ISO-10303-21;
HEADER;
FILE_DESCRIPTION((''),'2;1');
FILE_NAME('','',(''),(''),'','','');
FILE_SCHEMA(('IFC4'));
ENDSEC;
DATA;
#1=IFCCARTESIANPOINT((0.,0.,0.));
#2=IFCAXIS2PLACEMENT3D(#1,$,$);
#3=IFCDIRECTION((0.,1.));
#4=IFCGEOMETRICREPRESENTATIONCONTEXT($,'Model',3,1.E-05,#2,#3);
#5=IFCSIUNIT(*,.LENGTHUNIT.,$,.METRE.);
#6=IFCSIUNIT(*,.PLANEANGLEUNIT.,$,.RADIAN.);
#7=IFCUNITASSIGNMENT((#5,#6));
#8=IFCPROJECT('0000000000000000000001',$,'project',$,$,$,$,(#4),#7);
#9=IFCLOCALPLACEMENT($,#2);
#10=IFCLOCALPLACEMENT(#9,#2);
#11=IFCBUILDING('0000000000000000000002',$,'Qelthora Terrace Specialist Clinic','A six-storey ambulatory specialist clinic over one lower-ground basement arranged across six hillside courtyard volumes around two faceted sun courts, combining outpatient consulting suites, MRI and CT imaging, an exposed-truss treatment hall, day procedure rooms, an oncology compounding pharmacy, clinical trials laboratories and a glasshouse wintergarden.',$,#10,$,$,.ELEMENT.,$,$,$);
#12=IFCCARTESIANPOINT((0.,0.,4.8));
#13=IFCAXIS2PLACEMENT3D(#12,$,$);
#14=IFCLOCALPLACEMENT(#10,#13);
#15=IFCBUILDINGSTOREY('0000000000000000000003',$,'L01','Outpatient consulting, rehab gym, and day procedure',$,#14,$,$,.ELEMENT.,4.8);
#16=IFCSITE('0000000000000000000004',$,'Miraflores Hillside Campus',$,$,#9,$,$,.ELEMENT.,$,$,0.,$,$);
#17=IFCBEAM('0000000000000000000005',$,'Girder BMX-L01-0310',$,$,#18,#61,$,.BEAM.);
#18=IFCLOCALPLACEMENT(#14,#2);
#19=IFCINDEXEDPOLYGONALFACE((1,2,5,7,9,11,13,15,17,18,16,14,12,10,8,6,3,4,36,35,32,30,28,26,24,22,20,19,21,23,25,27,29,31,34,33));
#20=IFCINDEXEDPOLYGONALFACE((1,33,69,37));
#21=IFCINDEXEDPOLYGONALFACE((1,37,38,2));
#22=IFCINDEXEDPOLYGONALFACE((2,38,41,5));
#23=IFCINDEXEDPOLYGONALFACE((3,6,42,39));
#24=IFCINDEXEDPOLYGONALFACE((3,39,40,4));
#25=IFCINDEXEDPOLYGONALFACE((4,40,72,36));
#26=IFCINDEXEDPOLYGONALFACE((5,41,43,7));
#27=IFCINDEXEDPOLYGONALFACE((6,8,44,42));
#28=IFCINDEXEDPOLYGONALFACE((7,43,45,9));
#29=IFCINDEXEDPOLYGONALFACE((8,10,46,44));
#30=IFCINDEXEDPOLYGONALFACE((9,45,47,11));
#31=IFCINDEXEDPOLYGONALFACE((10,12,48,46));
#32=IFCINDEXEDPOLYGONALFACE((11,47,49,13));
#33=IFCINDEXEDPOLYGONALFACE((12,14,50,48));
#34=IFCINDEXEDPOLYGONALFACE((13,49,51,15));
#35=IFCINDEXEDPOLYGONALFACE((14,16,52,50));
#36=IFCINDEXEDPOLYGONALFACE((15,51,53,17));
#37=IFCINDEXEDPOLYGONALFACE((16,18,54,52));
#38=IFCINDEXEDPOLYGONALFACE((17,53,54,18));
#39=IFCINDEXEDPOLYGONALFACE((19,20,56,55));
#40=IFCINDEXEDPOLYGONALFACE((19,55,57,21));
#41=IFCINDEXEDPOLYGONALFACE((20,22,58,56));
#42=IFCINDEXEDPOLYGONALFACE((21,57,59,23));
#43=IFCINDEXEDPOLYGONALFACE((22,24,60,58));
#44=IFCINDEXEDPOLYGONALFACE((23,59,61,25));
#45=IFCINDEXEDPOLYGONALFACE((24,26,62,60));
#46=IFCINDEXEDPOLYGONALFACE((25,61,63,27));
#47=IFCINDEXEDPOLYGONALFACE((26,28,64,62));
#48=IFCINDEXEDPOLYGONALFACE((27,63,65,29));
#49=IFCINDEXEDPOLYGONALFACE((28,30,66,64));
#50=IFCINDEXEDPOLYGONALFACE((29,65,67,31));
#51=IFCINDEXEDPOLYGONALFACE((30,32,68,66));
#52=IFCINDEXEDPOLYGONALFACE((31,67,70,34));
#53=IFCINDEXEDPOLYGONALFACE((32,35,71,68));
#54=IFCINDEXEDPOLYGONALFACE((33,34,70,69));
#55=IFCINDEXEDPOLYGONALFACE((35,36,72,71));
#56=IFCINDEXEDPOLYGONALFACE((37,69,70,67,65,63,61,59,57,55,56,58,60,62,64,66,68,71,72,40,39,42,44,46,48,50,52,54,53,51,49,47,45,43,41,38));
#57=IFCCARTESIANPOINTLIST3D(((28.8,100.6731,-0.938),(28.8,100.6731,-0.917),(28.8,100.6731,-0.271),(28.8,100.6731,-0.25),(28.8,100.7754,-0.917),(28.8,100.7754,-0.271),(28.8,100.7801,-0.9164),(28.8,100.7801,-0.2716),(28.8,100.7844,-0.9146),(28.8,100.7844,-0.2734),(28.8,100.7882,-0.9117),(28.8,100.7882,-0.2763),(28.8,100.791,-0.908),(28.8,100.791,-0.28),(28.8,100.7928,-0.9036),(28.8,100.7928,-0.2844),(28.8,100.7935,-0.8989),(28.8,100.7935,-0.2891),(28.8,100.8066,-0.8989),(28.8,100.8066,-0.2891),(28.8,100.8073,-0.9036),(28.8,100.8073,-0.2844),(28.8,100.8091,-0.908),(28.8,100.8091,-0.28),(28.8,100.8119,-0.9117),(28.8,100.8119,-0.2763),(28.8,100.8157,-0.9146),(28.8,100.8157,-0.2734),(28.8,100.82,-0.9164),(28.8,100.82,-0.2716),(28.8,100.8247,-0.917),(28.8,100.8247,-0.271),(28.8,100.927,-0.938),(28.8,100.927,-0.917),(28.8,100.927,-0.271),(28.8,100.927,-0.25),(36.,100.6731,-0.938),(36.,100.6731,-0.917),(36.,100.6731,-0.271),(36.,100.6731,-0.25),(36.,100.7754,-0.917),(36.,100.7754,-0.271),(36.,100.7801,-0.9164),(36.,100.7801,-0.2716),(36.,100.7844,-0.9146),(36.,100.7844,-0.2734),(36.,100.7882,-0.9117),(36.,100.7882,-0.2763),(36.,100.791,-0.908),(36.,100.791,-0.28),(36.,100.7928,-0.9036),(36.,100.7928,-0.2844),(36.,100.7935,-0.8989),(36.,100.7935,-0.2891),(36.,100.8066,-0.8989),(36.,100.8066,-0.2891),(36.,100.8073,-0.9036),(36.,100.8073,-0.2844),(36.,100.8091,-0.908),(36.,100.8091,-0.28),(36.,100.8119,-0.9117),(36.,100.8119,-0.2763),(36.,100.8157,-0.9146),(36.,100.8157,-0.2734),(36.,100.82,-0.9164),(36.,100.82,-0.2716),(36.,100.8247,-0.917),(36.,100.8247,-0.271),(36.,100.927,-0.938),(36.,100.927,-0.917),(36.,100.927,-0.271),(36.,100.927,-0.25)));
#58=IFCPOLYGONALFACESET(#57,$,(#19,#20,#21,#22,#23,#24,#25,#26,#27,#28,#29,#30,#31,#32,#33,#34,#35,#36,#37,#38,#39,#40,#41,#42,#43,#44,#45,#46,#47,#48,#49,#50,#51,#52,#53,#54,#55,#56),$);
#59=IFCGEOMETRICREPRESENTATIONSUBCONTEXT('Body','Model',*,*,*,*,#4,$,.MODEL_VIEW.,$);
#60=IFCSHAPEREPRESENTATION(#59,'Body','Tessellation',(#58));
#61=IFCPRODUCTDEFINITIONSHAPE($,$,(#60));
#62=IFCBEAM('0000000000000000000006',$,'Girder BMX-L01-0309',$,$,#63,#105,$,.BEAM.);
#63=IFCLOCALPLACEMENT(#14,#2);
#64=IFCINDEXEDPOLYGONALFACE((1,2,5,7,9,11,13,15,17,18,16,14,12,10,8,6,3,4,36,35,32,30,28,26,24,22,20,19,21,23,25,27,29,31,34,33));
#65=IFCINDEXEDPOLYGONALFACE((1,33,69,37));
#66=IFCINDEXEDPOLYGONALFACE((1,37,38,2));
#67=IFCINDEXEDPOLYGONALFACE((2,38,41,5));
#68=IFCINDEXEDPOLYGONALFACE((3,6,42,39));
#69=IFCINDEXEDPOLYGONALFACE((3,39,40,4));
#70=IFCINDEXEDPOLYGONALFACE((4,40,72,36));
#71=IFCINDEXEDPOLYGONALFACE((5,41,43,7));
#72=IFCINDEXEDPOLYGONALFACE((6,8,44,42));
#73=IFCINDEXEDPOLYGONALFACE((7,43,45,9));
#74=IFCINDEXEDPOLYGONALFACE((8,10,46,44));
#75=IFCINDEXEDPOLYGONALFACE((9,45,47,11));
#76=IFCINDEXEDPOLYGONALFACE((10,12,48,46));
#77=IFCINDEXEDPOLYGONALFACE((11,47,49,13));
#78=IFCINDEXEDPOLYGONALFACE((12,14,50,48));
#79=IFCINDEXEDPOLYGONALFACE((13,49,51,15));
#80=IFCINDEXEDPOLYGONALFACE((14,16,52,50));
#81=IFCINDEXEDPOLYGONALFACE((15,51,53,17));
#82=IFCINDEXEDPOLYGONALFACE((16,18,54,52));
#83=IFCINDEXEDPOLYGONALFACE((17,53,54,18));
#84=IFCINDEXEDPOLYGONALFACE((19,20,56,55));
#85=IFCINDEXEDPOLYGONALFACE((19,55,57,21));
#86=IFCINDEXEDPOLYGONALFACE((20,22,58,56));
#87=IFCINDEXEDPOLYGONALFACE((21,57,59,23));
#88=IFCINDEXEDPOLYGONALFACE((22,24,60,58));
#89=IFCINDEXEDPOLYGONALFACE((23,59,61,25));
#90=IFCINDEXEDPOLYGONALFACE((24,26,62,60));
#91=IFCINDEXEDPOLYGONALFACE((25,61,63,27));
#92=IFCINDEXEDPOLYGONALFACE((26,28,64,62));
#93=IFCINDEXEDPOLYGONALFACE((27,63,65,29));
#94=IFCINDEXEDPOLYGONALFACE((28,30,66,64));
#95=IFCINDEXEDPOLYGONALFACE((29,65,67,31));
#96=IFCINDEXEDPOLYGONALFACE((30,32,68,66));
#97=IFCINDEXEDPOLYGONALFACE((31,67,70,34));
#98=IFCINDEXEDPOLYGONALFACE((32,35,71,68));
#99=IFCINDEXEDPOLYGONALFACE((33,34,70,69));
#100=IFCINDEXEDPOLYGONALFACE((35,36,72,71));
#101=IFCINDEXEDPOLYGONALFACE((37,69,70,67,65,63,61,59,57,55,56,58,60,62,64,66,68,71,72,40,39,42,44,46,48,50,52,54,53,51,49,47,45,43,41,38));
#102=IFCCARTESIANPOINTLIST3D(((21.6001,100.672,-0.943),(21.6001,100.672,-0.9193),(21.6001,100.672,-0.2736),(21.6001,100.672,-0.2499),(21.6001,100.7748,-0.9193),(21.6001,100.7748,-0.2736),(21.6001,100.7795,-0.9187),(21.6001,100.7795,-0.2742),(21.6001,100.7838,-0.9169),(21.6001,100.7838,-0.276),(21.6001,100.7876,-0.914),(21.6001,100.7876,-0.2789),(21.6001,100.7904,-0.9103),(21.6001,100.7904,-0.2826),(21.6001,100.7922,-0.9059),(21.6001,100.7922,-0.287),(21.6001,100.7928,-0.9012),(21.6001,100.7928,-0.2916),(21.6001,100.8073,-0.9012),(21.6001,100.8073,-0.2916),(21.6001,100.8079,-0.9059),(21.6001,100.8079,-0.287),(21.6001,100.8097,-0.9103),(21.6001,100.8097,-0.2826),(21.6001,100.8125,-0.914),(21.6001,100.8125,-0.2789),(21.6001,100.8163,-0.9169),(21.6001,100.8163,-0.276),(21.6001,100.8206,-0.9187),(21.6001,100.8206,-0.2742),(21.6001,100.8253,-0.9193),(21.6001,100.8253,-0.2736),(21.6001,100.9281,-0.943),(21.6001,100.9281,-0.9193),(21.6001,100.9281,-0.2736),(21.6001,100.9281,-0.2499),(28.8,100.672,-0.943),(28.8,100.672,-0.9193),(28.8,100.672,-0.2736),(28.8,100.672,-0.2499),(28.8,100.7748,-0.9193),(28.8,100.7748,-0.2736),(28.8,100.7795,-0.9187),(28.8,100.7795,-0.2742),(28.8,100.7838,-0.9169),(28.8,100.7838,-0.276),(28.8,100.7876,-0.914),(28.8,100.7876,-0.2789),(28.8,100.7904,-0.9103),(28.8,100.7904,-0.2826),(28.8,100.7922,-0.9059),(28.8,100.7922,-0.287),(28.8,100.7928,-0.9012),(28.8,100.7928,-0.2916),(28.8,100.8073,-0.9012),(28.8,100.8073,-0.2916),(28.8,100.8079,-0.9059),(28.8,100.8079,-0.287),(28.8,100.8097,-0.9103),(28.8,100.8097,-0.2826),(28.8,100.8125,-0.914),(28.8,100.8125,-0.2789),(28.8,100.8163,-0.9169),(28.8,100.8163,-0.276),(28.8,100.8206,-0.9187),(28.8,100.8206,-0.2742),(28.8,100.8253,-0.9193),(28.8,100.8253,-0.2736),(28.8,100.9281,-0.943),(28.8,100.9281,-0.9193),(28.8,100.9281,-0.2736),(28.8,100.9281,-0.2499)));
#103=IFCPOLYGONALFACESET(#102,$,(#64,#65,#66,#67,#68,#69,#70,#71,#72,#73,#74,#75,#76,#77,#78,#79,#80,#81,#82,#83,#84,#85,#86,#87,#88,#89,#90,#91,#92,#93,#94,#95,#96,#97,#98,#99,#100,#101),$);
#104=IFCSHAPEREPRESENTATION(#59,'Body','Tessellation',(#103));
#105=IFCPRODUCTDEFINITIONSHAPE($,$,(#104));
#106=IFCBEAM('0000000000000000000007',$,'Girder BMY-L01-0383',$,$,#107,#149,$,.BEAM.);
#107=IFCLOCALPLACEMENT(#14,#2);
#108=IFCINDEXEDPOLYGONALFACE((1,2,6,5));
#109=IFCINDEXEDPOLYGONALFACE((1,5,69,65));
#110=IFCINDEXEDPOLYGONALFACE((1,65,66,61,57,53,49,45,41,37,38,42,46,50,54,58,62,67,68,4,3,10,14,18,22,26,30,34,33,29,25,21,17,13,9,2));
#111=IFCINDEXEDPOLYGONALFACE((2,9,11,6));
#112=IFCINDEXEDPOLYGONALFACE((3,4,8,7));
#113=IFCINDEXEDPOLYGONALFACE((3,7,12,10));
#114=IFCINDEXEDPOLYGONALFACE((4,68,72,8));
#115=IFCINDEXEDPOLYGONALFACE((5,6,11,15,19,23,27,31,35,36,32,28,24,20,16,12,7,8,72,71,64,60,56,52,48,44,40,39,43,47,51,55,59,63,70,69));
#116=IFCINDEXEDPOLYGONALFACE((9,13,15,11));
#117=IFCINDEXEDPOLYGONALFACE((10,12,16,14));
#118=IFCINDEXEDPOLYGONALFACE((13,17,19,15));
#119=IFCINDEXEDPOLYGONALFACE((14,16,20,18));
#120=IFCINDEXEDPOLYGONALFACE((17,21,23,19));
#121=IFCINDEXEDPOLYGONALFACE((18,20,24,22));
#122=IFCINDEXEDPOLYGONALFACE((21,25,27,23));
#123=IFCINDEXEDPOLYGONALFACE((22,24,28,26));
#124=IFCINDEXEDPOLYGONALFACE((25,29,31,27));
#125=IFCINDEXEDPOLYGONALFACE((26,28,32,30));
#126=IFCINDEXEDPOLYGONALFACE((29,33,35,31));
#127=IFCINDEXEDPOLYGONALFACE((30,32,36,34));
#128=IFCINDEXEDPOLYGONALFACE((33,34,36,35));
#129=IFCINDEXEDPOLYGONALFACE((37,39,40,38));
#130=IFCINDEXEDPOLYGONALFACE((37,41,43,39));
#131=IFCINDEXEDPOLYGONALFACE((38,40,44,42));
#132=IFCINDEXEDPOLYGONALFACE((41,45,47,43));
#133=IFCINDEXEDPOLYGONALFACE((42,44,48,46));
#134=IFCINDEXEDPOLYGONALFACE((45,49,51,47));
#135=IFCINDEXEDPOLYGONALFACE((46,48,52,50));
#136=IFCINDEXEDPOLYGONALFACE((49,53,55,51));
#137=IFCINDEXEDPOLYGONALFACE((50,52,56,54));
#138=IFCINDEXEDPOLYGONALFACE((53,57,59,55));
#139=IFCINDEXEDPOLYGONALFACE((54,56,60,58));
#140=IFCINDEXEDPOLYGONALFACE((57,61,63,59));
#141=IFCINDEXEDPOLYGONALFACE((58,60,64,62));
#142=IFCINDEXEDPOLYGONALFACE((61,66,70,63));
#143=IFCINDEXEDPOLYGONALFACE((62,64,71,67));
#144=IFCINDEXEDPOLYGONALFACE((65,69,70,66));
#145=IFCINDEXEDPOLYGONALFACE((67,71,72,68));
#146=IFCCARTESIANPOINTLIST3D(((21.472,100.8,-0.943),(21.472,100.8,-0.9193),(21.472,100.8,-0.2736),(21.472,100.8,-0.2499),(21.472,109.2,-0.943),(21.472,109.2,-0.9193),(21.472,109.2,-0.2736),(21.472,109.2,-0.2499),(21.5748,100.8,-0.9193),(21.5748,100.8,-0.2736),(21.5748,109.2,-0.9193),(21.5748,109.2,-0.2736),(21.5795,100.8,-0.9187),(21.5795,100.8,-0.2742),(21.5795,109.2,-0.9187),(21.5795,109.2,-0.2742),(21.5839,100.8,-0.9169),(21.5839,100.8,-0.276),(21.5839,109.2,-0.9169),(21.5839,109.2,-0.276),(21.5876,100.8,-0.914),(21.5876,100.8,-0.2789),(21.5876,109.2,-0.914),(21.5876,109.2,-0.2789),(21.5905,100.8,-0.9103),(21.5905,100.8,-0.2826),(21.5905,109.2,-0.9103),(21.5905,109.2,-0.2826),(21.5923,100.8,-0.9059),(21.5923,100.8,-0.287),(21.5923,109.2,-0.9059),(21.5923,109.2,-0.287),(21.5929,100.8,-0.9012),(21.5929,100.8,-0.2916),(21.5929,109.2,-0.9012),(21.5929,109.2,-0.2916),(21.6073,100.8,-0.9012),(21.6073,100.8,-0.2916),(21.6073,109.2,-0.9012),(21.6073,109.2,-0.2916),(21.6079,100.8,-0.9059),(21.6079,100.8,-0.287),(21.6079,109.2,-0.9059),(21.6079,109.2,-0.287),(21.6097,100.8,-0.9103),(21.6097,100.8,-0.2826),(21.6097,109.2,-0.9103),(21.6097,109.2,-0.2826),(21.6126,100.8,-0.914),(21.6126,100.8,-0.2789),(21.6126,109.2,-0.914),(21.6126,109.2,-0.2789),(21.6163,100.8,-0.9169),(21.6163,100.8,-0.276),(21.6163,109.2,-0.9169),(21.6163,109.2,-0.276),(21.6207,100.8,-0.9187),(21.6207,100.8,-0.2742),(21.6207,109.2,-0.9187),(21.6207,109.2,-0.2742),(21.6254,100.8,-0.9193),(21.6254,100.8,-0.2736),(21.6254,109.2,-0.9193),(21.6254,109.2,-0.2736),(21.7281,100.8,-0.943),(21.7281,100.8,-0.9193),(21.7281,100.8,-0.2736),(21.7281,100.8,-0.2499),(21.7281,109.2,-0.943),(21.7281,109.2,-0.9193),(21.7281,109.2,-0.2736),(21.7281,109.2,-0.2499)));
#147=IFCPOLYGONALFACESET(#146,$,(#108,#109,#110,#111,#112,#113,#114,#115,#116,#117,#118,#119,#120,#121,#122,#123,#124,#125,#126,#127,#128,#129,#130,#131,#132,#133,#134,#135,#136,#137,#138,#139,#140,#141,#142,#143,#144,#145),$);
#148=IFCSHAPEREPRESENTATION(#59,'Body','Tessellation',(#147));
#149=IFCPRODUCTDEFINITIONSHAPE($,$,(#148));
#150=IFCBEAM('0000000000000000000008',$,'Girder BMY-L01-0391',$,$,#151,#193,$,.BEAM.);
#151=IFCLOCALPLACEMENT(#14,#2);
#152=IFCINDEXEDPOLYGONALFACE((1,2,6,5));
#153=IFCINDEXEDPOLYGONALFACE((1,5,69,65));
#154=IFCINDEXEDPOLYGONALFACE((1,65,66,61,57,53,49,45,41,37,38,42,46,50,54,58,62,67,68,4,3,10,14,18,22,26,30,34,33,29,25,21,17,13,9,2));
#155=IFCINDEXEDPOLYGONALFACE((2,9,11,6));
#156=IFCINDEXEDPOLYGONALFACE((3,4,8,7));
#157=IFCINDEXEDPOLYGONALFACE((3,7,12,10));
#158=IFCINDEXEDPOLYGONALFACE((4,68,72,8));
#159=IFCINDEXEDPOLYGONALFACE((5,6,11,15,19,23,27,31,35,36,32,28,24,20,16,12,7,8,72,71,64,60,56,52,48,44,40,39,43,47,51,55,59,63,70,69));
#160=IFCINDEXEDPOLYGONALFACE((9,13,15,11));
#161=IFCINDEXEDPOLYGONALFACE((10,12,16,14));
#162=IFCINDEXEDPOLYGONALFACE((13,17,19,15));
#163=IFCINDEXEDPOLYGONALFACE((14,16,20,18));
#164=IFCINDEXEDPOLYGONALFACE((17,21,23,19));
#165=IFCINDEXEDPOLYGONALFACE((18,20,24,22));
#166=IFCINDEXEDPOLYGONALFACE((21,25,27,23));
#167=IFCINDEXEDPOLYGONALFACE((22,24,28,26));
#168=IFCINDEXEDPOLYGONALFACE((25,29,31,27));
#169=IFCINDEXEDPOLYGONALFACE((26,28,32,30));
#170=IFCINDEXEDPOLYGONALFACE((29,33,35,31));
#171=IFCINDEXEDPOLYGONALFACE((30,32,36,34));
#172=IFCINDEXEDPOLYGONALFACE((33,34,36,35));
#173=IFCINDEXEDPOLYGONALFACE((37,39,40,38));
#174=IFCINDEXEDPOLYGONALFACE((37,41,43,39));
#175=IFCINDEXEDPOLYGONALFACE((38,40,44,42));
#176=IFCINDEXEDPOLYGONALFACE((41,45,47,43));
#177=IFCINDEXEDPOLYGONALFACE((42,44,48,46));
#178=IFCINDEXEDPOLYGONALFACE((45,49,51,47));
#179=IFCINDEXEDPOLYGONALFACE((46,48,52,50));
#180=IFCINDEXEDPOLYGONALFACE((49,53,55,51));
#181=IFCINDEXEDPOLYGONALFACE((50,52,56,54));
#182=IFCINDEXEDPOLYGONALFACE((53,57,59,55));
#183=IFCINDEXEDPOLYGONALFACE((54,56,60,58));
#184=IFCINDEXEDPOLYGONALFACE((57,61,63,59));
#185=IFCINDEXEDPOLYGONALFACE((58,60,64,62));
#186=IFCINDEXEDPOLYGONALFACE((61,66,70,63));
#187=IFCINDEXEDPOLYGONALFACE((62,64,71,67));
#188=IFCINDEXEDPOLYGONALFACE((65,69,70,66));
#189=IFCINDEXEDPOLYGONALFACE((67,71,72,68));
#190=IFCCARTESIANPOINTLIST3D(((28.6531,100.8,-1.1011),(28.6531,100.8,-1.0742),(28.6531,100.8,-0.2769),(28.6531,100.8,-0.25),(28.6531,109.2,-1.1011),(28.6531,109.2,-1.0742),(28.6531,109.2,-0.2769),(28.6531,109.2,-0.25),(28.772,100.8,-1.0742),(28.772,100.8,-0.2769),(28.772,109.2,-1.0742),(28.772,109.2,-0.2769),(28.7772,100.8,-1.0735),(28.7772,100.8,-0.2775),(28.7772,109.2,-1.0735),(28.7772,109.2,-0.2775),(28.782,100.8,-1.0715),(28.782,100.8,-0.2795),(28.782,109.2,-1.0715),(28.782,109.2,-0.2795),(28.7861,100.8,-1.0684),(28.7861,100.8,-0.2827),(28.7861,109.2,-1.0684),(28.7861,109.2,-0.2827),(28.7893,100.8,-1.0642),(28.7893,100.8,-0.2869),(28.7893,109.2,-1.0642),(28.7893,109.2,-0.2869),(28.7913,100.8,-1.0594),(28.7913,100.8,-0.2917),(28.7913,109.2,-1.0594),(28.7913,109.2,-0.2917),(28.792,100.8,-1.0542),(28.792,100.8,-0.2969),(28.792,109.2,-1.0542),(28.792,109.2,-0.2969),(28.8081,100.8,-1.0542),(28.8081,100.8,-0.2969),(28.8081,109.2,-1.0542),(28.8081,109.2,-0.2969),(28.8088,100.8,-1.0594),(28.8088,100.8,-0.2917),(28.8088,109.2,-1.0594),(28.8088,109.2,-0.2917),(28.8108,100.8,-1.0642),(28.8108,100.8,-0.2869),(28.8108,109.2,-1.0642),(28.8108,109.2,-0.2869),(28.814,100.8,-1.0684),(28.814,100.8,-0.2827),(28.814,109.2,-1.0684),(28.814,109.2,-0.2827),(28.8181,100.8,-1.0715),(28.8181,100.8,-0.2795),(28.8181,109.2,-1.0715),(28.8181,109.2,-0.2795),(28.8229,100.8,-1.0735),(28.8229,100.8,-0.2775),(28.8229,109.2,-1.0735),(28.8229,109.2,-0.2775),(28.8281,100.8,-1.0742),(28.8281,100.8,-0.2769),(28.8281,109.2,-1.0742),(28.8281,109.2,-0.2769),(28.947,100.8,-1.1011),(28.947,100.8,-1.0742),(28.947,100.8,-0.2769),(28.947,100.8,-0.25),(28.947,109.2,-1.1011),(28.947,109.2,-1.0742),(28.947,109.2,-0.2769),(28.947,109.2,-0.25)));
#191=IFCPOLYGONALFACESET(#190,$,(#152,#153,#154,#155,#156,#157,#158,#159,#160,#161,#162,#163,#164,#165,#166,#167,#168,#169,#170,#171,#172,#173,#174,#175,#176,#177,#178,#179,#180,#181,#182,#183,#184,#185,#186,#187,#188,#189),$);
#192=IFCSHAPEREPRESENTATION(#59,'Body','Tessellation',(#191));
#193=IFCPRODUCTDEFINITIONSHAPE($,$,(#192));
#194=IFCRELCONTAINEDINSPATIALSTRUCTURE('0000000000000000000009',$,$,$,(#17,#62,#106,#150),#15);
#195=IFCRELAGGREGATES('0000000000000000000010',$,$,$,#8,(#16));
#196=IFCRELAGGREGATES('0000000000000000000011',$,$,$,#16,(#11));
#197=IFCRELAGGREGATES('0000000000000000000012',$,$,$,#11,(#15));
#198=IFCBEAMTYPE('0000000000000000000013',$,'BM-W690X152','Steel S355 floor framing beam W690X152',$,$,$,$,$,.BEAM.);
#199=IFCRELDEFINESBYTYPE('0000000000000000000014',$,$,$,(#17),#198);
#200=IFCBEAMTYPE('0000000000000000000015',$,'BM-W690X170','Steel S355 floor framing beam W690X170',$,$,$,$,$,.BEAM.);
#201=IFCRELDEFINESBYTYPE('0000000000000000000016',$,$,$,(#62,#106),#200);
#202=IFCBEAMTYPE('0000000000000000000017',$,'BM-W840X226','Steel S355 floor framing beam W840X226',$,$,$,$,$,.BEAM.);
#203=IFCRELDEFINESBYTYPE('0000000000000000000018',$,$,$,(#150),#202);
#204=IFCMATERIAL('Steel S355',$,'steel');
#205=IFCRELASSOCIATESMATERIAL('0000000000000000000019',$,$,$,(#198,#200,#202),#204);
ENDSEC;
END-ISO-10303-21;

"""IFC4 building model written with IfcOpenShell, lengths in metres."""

from ifc_helpers import new_model, si_unit, direction, frame, origin, origin_2d, place, context, subcontext, project, spatial, i_section, extrude, material, material_profile, profile_set, type_object, element, save


model = new_model("IFC4")

# Units and contexts
model_context = context("Model", 3, precision=1e-05, world=origin(), true_north=direction((0.0, 1.0)))
body_context = subcontext(model_context, "Body", "Model", "MODEL_VIEW")
ifc_project = project(units=[si_unit("LENGTHUNIT", "METRE"), si_unit("PLANEANGLEUNIT", "RADIAN")], contexts=[model_context])

# Site, building, storey
site_placement = place(None, origin())
site = spatial("IfcSite", under=ifc_project, at=site_placement, Name="Miraflores Hillside Campus", CompositionType="ELEMENT", RefElevation=0.0)
building_placement = place(site_placement, origin())
building = spatial("IfcBuilding", under=site, at=building_placement, Name="Qelthora Terrace Specialist Clinic", Description="A six-storey ambulatory specialist clinic over one lower-ground basement arranged across six hillside courtyard volumes around two faceted sun courts, combining outpatient consulting suites, MRI and CT imaging, an exposed-truss treatment hall, day procedure rooms, an oncology compounding pharmacy, clinical trials laboratories and a glasshouse wintergarden.", CompositionType="ELEMENT")
storey_placement = place(building_placement, frame((0.0, 0.0, 4.8)))
storey = spatial("IfcBuildingStorey", under=building, at=storey_placement, Name="L01", Description="Outpatient consulting, rehab gym, and day procedure", CompositionType="ELEMENT", Elevation=4.8)

# Shared definitions
ifc_material_1 = material(Name="Steel S355", Category="steel")

# Beams
ifc_material_profile_1 = material_profile(ifc_material_1, i_section(OverallWidth=0.2539, OverallDepth=0.688, WebThickness=0.0132, FlangeThickness=0.021, FilletRadius=0.0181, at=origin_2d()), Name="W690X152")
ifc_profile_set_1 = profile_set([ifc_material_profile_1], Name="Steel S355")
beam_type_1 = type_object("IfcBeamType", Name="BM-W690X152", Description="Steel S355 floor framing beam W690X152", PredefinedType="BEAM", material=ifc_profile_set_1)
beam_1_placement = place(storey_placement, frame((28.8, 100.8, -0.594), z_axis=(1.0, 0.0, 0.0), x_axis=(0.0, 1.0, 0.0)))
element("IfcBeam", 1, at=beam_1_placement, inside=storey, type_object=beam_type_1, Name="Girder BMX-L01-0310", PredefinedType="BEAM", context=body_context, shape_type="SweptSolid", body=[
    extrude(i_section(OverallWidth=0.2539, OverallDepth=0.688, WebThickness=0.0132, FlangeThickness=0.021, FilletRadius=0.0181, at=origin_2d()), origin(), (0.0, 0.0, 1.0), 7.2),
])
ifc_material_profile_2 = material_profile(ifc_material_1, i_section(OverallWidth=0.2561, OverallDepth=0.6931, WebThickness=0.0144, FlangeThickness=0.0237, FilletRadius=0.0181, at=origin_2d()), Name="W690X170")
ifc_profile_set_2 = profile_set([ifc_material_profile_2], Name="Steel S355")
beam_type_2 = type_object("IfcBeamType", Name="BM-W690X170", Description="Steel S355 floor framing beam W690X170", PredefinedType="BEAM", material=ifc_profile_set_2)
beam_2_placement = place(storey_placement, frame((21.6001, 100.8, -0.5964), z_axis=(1.0, 0.0, 0.0), x_axis=(0.0, 1.0, 0.0)))
element("IfcBeam", 2, at=beam_2_placement, inside=storey, type_object=beam_type_2, Name="Girder BMX-L01-0309", PredefinedType="BEAM", context=body_context, shape_type="SweptSolid", body=[
    extrude(i_section(OverallWidth=0.2561, OverallDepth=0.6931, WebThickness=0.0144, FlangeThickness=0.0237, FilletRadius=0.0181, at=origin_2d()), origin(), (0.0, 0.0, 1.0), 7.2),
])
beam_3_placement = place(storey_placement, frame((21.6001, 100.8, -0.5964), z_axis=(0.0, 1.0, 0.0), x_axis=(-1.0, 0.0, 0.0)))
element("IfcBeam", 3, at=beam_3_placement, inside=storey, type_object=beam_type_2, Name="Girder BMY-L01-0383", PredefinedType="BEAM", context=body_context, shape_type="SweptSolid", body=[
    extrude(i_section(OverallWidth=0.2561, OverallDepth=0.6931, WebThickness=0.0144, FlangeThickness=0.0237, FilletRadius=0.0181, at=origin_2d()), origin(), (0.0, 0.0, 1.0), 8.3999),
])
ifc_material_profile_3 = material_profile(ifc_material_1, i_section(OverallWidth=0.2939, OverallDepth=0.8511, WebThickness=0.0161, FlangeThickness=0.0269, FilletRadius=0.02, at=origin_2d()), Name="W840X226")
ifc_profile_set_3 = profile_set([ifc_material_profile_3], Name="Steel S355")
beam_type_3 = type_object("IfcBeamType", Name="BM-W840X226", Description="Steel S355 floor framing beam W840X226", PredefinedType="BEAM", material=ifc_profile_set_3)
beam_4_placement = place(storey_placement, frame((28.8, 100.8, -0.6755), z_axis=(0.0, 1.0, 0.0), x_axis=(-1.0, 0.0, 0.0)))
element("IfcBeam", 4, at=beam_4_placement, inside=storey, type_object=beam_type_3, Name="Girder BMY-L01-0391", PredefinedType="BEAM", context=body_context, shape_type="SweptSolid", body=[
    extrude(i_section(OverallWidth=0.2939, OverallDepth=0.8511, WebThickness=0.0161, FlangeThickness=0.0269, FilletRadius=0.02, at=origin_2d()), origin(), (0.0, 0.0, 1.0), 8.3999),
])

save(model, "model.ifc")
